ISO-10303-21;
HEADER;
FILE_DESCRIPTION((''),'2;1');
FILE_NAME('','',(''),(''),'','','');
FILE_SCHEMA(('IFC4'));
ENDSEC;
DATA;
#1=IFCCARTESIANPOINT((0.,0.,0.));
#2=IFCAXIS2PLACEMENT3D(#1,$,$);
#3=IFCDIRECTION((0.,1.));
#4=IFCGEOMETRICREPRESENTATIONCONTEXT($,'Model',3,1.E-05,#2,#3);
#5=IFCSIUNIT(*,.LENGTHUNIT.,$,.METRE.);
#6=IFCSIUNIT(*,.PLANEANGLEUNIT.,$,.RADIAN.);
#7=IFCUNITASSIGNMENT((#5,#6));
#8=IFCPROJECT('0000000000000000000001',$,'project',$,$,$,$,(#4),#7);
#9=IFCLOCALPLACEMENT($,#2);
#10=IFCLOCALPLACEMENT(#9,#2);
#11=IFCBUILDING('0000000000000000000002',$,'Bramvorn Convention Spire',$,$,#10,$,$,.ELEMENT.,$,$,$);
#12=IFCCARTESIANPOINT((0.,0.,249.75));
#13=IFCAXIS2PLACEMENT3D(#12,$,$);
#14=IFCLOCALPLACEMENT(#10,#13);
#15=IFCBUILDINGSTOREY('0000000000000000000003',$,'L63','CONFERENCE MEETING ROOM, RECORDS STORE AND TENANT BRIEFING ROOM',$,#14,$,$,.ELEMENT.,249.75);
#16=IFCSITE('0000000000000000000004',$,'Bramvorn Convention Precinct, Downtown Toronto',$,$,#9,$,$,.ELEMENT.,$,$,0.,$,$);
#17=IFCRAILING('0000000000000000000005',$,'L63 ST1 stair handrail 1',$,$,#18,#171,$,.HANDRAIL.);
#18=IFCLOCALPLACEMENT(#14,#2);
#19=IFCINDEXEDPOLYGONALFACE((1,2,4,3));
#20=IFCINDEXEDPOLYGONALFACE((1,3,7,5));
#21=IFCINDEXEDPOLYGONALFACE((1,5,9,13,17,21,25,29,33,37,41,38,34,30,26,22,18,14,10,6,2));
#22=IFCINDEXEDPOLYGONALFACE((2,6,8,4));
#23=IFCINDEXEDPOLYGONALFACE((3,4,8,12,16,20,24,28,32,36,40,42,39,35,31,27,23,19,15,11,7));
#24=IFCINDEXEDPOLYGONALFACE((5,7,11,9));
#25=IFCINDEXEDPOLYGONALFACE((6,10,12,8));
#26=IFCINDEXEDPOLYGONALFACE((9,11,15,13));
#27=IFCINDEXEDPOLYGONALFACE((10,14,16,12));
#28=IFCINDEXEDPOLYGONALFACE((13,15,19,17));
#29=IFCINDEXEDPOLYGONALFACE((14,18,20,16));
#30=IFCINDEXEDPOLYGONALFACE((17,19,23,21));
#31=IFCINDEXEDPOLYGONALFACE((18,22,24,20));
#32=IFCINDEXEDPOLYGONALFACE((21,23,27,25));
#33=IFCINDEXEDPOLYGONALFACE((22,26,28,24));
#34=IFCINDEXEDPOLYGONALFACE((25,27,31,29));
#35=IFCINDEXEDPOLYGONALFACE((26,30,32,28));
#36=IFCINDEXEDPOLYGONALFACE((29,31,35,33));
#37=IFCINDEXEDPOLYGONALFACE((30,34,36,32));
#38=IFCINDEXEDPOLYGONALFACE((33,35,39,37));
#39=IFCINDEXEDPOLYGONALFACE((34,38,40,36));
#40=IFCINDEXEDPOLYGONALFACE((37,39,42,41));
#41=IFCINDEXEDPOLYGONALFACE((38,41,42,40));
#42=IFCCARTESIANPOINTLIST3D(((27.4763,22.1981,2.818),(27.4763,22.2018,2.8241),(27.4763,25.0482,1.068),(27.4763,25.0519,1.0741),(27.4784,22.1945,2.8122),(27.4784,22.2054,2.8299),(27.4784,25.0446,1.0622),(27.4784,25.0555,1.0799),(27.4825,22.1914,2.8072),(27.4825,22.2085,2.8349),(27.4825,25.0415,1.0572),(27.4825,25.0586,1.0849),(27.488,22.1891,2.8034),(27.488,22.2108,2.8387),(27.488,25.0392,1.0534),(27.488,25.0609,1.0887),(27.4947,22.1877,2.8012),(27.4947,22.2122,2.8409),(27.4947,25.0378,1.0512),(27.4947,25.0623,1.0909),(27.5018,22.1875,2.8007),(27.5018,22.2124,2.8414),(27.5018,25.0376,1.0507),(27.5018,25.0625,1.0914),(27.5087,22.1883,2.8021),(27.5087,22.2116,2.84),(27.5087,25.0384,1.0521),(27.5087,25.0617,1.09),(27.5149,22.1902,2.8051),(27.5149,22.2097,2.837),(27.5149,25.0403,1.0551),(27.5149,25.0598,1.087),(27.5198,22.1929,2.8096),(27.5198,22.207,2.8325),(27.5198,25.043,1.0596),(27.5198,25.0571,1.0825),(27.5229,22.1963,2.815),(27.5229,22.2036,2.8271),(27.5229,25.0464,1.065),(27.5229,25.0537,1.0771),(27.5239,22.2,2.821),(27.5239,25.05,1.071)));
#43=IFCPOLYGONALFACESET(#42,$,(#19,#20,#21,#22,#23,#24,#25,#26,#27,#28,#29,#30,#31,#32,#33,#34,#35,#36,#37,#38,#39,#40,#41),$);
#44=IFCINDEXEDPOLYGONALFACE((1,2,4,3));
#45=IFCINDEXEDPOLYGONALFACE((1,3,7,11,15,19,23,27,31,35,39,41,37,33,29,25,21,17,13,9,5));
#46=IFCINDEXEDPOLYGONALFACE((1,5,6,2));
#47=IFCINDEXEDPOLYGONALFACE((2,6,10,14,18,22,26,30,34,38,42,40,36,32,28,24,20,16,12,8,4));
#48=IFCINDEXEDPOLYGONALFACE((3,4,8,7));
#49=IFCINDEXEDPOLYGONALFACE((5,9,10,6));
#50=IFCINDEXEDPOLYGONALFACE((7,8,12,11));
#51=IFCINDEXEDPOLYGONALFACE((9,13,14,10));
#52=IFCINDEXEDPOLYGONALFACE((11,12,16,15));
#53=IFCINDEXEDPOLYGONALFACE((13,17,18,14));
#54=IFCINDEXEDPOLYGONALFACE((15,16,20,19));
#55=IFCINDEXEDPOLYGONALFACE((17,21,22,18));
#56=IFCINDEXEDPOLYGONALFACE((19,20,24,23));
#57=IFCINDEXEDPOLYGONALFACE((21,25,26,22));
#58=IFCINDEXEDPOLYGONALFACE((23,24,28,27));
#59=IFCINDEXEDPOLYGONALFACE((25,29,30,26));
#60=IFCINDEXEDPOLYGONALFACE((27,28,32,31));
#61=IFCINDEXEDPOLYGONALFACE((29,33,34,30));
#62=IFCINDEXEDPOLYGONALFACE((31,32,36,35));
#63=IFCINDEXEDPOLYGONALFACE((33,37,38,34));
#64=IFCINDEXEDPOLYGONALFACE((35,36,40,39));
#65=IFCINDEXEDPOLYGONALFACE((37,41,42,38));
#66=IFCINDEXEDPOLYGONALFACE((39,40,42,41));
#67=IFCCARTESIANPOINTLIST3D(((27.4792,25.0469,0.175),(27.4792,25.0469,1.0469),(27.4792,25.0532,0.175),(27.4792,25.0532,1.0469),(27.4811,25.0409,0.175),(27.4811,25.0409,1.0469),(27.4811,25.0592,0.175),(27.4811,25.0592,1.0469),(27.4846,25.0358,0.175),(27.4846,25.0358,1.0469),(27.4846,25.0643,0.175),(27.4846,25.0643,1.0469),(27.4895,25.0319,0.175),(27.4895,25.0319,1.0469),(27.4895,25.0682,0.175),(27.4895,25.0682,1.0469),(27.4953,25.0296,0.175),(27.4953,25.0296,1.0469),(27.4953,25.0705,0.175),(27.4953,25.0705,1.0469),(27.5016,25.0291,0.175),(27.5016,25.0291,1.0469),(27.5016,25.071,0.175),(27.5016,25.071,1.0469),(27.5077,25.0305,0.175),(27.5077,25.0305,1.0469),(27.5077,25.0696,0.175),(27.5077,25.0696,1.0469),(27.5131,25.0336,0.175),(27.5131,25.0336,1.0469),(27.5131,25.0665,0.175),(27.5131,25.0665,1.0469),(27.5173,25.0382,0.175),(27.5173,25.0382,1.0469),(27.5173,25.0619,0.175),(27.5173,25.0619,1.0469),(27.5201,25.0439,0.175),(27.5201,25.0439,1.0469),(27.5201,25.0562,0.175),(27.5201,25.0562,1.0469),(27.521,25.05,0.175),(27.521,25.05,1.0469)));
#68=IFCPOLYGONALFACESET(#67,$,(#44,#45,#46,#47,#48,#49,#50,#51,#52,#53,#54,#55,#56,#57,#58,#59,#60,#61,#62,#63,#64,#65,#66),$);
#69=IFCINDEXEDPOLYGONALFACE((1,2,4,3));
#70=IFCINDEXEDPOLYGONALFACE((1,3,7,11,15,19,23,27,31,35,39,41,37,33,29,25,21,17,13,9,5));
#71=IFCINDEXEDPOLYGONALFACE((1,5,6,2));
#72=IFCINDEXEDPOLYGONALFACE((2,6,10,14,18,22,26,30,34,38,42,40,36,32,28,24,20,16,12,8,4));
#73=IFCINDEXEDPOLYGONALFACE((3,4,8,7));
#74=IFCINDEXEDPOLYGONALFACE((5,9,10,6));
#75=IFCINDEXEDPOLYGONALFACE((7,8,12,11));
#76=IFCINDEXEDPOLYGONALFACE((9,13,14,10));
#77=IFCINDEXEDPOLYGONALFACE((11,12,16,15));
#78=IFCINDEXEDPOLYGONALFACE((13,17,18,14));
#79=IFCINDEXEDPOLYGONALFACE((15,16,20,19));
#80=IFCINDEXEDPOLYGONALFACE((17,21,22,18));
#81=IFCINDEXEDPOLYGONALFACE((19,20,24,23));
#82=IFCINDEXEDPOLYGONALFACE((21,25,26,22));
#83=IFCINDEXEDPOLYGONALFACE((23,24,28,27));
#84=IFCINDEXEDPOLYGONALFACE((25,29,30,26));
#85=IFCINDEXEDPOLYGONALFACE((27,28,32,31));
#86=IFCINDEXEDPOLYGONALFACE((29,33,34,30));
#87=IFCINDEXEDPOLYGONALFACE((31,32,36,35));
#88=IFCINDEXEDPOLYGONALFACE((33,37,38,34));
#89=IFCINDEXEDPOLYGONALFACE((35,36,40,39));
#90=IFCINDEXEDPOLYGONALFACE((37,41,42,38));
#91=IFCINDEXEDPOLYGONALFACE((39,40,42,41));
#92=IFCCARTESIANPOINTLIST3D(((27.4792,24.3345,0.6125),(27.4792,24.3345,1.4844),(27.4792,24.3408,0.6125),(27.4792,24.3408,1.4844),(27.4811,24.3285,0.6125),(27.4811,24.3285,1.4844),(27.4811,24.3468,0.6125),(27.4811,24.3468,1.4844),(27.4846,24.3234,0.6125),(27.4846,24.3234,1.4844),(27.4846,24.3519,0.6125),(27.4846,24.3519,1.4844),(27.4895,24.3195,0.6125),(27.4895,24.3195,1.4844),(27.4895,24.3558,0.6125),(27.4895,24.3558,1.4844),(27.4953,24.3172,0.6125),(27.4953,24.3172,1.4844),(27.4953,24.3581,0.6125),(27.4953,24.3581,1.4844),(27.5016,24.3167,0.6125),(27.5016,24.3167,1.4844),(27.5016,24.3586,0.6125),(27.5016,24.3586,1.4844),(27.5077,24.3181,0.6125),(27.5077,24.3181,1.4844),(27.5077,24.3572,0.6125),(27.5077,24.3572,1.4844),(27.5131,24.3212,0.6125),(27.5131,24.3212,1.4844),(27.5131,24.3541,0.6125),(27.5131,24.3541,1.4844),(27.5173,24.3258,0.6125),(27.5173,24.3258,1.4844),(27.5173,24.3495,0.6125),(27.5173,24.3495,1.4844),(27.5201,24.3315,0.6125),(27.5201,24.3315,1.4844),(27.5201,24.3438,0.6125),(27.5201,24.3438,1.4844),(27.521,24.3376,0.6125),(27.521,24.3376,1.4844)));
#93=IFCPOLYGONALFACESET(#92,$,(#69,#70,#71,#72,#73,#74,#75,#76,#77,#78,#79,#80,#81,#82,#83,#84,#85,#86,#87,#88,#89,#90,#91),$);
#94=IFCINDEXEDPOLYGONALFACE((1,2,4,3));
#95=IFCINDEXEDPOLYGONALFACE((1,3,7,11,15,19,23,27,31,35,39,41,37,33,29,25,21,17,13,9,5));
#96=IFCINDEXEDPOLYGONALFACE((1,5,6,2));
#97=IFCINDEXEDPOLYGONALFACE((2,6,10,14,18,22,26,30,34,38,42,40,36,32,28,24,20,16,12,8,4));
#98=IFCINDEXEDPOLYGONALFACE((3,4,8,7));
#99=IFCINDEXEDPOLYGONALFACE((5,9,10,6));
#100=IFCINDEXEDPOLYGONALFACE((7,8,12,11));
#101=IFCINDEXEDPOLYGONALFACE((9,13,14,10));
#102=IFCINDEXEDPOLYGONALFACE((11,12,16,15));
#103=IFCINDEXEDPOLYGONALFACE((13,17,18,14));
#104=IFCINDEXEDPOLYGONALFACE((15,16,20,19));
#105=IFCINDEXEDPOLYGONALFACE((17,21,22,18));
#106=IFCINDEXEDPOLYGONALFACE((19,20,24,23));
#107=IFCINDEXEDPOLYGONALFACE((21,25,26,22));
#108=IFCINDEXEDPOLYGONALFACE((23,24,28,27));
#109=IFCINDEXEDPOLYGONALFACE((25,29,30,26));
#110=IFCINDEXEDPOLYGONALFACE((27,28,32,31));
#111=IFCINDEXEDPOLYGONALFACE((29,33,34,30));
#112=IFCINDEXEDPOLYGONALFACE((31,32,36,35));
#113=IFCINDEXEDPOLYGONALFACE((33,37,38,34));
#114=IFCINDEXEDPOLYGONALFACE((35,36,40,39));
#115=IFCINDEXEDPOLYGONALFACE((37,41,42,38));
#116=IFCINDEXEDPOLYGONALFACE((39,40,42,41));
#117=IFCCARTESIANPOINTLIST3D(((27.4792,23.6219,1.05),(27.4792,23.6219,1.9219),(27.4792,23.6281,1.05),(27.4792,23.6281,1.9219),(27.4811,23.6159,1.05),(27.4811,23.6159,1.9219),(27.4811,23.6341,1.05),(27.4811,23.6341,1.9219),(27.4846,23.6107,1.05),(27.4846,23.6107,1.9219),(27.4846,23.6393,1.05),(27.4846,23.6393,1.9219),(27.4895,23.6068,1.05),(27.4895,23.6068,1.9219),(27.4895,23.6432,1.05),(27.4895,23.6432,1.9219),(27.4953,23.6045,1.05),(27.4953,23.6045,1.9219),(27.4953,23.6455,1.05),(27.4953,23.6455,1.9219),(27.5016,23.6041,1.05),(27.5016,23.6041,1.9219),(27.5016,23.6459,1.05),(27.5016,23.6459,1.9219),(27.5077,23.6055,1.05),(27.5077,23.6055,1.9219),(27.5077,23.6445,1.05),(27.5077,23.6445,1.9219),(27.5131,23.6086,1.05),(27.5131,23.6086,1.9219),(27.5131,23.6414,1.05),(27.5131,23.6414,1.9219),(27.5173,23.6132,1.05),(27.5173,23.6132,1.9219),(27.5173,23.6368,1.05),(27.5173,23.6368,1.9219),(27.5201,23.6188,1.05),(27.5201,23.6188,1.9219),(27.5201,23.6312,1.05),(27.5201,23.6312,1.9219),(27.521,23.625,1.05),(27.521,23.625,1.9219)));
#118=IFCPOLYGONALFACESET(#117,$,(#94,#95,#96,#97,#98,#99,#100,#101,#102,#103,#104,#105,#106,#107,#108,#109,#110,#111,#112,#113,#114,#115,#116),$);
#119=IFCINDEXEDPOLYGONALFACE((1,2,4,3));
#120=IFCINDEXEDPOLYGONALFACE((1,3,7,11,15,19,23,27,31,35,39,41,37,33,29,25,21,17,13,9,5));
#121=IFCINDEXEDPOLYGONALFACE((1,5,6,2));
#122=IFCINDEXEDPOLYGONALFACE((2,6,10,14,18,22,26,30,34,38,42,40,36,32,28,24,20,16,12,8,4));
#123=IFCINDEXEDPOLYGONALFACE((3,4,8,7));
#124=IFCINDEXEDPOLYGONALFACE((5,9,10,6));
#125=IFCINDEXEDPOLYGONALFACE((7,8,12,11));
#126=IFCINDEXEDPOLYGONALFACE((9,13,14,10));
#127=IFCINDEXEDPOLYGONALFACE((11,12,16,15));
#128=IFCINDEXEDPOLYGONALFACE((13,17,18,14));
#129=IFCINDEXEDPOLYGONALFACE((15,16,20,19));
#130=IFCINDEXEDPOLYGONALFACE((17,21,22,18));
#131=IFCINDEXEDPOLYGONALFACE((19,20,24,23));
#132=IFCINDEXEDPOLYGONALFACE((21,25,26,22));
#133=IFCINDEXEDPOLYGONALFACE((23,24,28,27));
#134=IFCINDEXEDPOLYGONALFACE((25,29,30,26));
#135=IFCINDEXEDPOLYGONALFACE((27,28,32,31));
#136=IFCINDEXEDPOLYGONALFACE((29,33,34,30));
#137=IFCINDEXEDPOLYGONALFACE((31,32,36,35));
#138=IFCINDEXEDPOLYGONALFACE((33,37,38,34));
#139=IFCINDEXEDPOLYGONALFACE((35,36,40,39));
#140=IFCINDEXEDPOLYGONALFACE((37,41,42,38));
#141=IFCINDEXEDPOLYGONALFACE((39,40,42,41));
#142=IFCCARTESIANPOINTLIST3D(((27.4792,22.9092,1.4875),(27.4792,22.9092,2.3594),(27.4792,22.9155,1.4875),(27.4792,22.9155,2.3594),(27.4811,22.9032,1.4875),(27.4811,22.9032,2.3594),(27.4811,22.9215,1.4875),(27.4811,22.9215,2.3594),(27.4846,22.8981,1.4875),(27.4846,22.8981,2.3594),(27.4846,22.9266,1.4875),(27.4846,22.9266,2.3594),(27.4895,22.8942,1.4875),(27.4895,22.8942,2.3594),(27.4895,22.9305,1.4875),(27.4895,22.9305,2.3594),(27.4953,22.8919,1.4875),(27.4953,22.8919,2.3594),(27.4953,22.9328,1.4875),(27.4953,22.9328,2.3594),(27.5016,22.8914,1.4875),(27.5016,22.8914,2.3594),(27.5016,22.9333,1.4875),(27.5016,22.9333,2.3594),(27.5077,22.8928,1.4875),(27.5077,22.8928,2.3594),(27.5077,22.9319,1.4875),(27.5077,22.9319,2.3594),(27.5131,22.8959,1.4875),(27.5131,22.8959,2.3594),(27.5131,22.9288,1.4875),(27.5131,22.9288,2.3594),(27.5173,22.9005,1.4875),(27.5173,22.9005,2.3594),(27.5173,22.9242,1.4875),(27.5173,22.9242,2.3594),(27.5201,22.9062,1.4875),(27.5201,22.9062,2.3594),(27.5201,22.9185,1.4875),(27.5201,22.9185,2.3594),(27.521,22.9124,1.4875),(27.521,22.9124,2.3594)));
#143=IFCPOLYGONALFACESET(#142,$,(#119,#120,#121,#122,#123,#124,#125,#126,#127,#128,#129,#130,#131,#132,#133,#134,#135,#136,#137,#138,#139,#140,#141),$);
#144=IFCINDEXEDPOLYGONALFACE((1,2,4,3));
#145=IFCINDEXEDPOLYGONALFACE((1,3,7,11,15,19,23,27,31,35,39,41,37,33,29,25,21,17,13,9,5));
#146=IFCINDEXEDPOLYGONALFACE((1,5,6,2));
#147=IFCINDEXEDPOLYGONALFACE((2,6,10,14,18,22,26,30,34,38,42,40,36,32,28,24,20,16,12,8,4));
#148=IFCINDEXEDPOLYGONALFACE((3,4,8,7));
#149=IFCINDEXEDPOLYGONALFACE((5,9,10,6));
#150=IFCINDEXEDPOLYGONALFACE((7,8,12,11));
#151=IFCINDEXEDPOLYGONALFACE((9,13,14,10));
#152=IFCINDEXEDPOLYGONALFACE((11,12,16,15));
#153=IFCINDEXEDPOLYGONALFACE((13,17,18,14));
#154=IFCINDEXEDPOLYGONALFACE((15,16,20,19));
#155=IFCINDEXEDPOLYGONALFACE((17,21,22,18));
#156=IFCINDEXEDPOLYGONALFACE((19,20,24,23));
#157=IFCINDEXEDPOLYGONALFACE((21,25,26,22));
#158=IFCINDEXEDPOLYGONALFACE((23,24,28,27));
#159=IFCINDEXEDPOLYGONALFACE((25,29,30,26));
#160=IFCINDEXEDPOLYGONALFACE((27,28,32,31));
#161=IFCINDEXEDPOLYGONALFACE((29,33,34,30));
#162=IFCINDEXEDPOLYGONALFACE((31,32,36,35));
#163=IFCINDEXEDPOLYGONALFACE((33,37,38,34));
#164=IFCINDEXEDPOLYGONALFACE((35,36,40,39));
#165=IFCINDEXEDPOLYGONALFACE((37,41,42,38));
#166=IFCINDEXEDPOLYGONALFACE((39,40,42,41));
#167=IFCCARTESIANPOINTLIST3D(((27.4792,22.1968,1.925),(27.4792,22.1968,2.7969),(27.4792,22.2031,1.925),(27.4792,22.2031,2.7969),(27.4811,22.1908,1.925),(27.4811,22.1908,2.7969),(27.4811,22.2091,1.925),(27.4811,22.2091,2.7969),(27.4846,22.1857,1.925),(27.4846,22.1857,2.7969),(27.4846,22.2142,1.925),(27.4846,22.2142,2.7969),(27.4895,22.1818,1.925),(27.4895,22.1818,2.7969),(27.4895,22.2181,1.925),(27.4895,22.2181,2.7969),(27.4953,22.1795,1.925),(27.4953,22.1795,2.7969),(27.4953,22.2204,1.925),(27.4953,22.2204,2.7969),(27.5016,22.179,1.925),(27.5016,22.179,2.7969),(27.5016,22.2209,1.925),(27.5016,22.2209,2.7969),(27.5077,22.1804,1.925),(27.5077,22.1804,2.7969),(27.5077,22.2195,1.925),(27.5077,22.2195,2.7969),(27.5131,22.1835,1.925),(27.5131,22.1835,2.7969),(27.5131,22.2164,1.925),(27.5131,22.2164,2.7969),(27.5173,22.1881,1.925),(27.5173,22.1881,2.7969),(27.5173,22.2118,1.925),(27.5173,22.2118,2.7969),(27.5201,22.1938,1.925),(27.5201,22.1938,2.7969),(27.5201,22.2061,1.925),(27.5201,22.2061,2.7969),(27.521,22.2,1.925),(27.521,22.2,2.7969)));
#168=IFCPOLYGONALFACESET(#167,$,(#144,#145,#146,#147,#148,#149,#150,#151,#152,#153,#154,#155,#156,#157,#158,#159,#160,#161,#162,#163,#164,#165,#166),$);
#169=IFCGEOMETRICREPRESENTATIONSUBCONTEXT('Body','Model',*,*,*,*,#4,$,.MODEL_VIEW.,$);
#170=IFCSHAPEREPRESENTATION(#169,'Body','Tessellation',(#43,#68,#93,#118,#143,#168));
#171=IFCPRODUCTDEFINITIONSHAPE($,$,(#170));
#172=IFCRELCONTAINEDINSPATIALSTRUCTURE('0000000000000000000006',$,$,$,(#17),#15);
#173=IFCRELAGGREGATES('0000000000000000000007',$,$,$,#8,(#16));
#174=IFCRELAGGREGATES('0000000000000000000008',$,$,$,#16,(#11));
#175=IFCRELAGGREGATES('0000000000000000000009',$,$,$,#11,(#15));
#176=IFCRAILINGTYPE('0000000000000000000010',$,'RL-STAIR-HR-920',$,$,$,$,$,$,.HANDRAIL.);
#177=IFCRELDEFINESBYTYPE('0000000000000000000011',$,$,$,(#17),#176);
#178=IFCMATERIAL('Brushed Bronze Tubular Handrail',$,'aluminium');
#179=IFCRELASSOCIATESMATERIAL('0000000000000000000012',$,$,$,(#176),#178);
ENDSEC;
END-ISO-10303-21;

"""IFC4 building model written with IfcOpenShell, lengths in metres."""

from ifc_helpers import new_model, si_unit, direction, frame, origin, origin_2d, place, context, subcontext, project, spatial, circle, extrude, material, type_object, element, save


model = new_model("IFC4")

# Units and contexts
model_context = context("Model", 3, precision=1e-05, world=origin(), true_north=direction((0.0, 1.0)))
body_context = subcontext(model_context, "Body", "Model", "MODEL_VIEW")
ifc_project = project(units=[si_unit("LENGTHUNIT", "METRE"), si_unit("PLANEANGLEUNIT", "RADIAN")], contexts=[model_context])

# Site, building, storey
site_placement = place(None, origin())
site = spatial("IfcSite", under=ifc_project, at=site_placement, Name="Bramvorn Convention Precinct, Downtown Toronto", CompositionType="ELEMENT", RefElevation=0.0)
building_placement = place(site_placement, origin())
building = spatial("IfcBuilding", under=site, at=building_placement, Name="Bramvorn Convention Spire", CompositionType="ELEMENT")
storey_placement = place(building_placement, frame((0.0, 0.0, 249.75)))
storey = spatial("IfcBuildingStorey", under=building, at=storey_placement, Name="L63", Description="CONFERENCE MEETING ROOM, RECORDS STORE AND TENANT BRIEFING ROOM", CompositionType="ELEMENT", Elevation=249.75)

# Railing
ifc_material_1 = material(Name="Brushed Bronze Tubular Handrail", Category="aluminium")
railing_type_1 = type_object("IfcRailingType", Name="RL-STAIR-HR-920", PredefinedType="HANDRAIL", material=ifc_material_1)
railing_1_placement = place(storey_placement, frame((27.5, 25.05, 0.175)))
element("IfcRailing", 1, at=railing_1_placement, inside=storey, type_object=railing_type_1, Name="L63 ST1 stair handrail 1", PredefinedType="HANDRAIL", context=body_context, shape_type="SweptSolid", body=[
    extrude(circle(Radius=0.0239, at=origin_2d()), frame((0.0, 0.0, 0.896), z_axis=(0.0, -0.852179, 0.52325), x_axis=(1.0, 0.0, 0.0)), (0.0, 0.0, 1.0), 3.3445),
    extrude(circle(Radius=0.021, at=origin_2d()), origin(), (0.0, 0.0, 1.0), 0.8718),
    extrude(circle(Radius=0.021, at=origin_2d()), frame((0.0, -0.7124, 0.4375)), (0.0, 0.0, 1.0), 0.8718),
    extrude(circle(Radius=0.021, at=origin_2d()), frame((0.0, -1.425, 0.875)), (0.0, 0.0, 1.0), 0.8718),
    extrude(circle(Radius=0.021, at=origin_2d()), frame((0.0, -2.1377, 1.3125)), (0.0, 0.0, 1.0), 0.8718),
    extrude(circle(Radius=0.021, at=origin_2d()), frame((0.0, -2.8501, 1.75)), (0.0, 0.0, 1.0), 0.8718),
])

save(model, "model.ifc")
